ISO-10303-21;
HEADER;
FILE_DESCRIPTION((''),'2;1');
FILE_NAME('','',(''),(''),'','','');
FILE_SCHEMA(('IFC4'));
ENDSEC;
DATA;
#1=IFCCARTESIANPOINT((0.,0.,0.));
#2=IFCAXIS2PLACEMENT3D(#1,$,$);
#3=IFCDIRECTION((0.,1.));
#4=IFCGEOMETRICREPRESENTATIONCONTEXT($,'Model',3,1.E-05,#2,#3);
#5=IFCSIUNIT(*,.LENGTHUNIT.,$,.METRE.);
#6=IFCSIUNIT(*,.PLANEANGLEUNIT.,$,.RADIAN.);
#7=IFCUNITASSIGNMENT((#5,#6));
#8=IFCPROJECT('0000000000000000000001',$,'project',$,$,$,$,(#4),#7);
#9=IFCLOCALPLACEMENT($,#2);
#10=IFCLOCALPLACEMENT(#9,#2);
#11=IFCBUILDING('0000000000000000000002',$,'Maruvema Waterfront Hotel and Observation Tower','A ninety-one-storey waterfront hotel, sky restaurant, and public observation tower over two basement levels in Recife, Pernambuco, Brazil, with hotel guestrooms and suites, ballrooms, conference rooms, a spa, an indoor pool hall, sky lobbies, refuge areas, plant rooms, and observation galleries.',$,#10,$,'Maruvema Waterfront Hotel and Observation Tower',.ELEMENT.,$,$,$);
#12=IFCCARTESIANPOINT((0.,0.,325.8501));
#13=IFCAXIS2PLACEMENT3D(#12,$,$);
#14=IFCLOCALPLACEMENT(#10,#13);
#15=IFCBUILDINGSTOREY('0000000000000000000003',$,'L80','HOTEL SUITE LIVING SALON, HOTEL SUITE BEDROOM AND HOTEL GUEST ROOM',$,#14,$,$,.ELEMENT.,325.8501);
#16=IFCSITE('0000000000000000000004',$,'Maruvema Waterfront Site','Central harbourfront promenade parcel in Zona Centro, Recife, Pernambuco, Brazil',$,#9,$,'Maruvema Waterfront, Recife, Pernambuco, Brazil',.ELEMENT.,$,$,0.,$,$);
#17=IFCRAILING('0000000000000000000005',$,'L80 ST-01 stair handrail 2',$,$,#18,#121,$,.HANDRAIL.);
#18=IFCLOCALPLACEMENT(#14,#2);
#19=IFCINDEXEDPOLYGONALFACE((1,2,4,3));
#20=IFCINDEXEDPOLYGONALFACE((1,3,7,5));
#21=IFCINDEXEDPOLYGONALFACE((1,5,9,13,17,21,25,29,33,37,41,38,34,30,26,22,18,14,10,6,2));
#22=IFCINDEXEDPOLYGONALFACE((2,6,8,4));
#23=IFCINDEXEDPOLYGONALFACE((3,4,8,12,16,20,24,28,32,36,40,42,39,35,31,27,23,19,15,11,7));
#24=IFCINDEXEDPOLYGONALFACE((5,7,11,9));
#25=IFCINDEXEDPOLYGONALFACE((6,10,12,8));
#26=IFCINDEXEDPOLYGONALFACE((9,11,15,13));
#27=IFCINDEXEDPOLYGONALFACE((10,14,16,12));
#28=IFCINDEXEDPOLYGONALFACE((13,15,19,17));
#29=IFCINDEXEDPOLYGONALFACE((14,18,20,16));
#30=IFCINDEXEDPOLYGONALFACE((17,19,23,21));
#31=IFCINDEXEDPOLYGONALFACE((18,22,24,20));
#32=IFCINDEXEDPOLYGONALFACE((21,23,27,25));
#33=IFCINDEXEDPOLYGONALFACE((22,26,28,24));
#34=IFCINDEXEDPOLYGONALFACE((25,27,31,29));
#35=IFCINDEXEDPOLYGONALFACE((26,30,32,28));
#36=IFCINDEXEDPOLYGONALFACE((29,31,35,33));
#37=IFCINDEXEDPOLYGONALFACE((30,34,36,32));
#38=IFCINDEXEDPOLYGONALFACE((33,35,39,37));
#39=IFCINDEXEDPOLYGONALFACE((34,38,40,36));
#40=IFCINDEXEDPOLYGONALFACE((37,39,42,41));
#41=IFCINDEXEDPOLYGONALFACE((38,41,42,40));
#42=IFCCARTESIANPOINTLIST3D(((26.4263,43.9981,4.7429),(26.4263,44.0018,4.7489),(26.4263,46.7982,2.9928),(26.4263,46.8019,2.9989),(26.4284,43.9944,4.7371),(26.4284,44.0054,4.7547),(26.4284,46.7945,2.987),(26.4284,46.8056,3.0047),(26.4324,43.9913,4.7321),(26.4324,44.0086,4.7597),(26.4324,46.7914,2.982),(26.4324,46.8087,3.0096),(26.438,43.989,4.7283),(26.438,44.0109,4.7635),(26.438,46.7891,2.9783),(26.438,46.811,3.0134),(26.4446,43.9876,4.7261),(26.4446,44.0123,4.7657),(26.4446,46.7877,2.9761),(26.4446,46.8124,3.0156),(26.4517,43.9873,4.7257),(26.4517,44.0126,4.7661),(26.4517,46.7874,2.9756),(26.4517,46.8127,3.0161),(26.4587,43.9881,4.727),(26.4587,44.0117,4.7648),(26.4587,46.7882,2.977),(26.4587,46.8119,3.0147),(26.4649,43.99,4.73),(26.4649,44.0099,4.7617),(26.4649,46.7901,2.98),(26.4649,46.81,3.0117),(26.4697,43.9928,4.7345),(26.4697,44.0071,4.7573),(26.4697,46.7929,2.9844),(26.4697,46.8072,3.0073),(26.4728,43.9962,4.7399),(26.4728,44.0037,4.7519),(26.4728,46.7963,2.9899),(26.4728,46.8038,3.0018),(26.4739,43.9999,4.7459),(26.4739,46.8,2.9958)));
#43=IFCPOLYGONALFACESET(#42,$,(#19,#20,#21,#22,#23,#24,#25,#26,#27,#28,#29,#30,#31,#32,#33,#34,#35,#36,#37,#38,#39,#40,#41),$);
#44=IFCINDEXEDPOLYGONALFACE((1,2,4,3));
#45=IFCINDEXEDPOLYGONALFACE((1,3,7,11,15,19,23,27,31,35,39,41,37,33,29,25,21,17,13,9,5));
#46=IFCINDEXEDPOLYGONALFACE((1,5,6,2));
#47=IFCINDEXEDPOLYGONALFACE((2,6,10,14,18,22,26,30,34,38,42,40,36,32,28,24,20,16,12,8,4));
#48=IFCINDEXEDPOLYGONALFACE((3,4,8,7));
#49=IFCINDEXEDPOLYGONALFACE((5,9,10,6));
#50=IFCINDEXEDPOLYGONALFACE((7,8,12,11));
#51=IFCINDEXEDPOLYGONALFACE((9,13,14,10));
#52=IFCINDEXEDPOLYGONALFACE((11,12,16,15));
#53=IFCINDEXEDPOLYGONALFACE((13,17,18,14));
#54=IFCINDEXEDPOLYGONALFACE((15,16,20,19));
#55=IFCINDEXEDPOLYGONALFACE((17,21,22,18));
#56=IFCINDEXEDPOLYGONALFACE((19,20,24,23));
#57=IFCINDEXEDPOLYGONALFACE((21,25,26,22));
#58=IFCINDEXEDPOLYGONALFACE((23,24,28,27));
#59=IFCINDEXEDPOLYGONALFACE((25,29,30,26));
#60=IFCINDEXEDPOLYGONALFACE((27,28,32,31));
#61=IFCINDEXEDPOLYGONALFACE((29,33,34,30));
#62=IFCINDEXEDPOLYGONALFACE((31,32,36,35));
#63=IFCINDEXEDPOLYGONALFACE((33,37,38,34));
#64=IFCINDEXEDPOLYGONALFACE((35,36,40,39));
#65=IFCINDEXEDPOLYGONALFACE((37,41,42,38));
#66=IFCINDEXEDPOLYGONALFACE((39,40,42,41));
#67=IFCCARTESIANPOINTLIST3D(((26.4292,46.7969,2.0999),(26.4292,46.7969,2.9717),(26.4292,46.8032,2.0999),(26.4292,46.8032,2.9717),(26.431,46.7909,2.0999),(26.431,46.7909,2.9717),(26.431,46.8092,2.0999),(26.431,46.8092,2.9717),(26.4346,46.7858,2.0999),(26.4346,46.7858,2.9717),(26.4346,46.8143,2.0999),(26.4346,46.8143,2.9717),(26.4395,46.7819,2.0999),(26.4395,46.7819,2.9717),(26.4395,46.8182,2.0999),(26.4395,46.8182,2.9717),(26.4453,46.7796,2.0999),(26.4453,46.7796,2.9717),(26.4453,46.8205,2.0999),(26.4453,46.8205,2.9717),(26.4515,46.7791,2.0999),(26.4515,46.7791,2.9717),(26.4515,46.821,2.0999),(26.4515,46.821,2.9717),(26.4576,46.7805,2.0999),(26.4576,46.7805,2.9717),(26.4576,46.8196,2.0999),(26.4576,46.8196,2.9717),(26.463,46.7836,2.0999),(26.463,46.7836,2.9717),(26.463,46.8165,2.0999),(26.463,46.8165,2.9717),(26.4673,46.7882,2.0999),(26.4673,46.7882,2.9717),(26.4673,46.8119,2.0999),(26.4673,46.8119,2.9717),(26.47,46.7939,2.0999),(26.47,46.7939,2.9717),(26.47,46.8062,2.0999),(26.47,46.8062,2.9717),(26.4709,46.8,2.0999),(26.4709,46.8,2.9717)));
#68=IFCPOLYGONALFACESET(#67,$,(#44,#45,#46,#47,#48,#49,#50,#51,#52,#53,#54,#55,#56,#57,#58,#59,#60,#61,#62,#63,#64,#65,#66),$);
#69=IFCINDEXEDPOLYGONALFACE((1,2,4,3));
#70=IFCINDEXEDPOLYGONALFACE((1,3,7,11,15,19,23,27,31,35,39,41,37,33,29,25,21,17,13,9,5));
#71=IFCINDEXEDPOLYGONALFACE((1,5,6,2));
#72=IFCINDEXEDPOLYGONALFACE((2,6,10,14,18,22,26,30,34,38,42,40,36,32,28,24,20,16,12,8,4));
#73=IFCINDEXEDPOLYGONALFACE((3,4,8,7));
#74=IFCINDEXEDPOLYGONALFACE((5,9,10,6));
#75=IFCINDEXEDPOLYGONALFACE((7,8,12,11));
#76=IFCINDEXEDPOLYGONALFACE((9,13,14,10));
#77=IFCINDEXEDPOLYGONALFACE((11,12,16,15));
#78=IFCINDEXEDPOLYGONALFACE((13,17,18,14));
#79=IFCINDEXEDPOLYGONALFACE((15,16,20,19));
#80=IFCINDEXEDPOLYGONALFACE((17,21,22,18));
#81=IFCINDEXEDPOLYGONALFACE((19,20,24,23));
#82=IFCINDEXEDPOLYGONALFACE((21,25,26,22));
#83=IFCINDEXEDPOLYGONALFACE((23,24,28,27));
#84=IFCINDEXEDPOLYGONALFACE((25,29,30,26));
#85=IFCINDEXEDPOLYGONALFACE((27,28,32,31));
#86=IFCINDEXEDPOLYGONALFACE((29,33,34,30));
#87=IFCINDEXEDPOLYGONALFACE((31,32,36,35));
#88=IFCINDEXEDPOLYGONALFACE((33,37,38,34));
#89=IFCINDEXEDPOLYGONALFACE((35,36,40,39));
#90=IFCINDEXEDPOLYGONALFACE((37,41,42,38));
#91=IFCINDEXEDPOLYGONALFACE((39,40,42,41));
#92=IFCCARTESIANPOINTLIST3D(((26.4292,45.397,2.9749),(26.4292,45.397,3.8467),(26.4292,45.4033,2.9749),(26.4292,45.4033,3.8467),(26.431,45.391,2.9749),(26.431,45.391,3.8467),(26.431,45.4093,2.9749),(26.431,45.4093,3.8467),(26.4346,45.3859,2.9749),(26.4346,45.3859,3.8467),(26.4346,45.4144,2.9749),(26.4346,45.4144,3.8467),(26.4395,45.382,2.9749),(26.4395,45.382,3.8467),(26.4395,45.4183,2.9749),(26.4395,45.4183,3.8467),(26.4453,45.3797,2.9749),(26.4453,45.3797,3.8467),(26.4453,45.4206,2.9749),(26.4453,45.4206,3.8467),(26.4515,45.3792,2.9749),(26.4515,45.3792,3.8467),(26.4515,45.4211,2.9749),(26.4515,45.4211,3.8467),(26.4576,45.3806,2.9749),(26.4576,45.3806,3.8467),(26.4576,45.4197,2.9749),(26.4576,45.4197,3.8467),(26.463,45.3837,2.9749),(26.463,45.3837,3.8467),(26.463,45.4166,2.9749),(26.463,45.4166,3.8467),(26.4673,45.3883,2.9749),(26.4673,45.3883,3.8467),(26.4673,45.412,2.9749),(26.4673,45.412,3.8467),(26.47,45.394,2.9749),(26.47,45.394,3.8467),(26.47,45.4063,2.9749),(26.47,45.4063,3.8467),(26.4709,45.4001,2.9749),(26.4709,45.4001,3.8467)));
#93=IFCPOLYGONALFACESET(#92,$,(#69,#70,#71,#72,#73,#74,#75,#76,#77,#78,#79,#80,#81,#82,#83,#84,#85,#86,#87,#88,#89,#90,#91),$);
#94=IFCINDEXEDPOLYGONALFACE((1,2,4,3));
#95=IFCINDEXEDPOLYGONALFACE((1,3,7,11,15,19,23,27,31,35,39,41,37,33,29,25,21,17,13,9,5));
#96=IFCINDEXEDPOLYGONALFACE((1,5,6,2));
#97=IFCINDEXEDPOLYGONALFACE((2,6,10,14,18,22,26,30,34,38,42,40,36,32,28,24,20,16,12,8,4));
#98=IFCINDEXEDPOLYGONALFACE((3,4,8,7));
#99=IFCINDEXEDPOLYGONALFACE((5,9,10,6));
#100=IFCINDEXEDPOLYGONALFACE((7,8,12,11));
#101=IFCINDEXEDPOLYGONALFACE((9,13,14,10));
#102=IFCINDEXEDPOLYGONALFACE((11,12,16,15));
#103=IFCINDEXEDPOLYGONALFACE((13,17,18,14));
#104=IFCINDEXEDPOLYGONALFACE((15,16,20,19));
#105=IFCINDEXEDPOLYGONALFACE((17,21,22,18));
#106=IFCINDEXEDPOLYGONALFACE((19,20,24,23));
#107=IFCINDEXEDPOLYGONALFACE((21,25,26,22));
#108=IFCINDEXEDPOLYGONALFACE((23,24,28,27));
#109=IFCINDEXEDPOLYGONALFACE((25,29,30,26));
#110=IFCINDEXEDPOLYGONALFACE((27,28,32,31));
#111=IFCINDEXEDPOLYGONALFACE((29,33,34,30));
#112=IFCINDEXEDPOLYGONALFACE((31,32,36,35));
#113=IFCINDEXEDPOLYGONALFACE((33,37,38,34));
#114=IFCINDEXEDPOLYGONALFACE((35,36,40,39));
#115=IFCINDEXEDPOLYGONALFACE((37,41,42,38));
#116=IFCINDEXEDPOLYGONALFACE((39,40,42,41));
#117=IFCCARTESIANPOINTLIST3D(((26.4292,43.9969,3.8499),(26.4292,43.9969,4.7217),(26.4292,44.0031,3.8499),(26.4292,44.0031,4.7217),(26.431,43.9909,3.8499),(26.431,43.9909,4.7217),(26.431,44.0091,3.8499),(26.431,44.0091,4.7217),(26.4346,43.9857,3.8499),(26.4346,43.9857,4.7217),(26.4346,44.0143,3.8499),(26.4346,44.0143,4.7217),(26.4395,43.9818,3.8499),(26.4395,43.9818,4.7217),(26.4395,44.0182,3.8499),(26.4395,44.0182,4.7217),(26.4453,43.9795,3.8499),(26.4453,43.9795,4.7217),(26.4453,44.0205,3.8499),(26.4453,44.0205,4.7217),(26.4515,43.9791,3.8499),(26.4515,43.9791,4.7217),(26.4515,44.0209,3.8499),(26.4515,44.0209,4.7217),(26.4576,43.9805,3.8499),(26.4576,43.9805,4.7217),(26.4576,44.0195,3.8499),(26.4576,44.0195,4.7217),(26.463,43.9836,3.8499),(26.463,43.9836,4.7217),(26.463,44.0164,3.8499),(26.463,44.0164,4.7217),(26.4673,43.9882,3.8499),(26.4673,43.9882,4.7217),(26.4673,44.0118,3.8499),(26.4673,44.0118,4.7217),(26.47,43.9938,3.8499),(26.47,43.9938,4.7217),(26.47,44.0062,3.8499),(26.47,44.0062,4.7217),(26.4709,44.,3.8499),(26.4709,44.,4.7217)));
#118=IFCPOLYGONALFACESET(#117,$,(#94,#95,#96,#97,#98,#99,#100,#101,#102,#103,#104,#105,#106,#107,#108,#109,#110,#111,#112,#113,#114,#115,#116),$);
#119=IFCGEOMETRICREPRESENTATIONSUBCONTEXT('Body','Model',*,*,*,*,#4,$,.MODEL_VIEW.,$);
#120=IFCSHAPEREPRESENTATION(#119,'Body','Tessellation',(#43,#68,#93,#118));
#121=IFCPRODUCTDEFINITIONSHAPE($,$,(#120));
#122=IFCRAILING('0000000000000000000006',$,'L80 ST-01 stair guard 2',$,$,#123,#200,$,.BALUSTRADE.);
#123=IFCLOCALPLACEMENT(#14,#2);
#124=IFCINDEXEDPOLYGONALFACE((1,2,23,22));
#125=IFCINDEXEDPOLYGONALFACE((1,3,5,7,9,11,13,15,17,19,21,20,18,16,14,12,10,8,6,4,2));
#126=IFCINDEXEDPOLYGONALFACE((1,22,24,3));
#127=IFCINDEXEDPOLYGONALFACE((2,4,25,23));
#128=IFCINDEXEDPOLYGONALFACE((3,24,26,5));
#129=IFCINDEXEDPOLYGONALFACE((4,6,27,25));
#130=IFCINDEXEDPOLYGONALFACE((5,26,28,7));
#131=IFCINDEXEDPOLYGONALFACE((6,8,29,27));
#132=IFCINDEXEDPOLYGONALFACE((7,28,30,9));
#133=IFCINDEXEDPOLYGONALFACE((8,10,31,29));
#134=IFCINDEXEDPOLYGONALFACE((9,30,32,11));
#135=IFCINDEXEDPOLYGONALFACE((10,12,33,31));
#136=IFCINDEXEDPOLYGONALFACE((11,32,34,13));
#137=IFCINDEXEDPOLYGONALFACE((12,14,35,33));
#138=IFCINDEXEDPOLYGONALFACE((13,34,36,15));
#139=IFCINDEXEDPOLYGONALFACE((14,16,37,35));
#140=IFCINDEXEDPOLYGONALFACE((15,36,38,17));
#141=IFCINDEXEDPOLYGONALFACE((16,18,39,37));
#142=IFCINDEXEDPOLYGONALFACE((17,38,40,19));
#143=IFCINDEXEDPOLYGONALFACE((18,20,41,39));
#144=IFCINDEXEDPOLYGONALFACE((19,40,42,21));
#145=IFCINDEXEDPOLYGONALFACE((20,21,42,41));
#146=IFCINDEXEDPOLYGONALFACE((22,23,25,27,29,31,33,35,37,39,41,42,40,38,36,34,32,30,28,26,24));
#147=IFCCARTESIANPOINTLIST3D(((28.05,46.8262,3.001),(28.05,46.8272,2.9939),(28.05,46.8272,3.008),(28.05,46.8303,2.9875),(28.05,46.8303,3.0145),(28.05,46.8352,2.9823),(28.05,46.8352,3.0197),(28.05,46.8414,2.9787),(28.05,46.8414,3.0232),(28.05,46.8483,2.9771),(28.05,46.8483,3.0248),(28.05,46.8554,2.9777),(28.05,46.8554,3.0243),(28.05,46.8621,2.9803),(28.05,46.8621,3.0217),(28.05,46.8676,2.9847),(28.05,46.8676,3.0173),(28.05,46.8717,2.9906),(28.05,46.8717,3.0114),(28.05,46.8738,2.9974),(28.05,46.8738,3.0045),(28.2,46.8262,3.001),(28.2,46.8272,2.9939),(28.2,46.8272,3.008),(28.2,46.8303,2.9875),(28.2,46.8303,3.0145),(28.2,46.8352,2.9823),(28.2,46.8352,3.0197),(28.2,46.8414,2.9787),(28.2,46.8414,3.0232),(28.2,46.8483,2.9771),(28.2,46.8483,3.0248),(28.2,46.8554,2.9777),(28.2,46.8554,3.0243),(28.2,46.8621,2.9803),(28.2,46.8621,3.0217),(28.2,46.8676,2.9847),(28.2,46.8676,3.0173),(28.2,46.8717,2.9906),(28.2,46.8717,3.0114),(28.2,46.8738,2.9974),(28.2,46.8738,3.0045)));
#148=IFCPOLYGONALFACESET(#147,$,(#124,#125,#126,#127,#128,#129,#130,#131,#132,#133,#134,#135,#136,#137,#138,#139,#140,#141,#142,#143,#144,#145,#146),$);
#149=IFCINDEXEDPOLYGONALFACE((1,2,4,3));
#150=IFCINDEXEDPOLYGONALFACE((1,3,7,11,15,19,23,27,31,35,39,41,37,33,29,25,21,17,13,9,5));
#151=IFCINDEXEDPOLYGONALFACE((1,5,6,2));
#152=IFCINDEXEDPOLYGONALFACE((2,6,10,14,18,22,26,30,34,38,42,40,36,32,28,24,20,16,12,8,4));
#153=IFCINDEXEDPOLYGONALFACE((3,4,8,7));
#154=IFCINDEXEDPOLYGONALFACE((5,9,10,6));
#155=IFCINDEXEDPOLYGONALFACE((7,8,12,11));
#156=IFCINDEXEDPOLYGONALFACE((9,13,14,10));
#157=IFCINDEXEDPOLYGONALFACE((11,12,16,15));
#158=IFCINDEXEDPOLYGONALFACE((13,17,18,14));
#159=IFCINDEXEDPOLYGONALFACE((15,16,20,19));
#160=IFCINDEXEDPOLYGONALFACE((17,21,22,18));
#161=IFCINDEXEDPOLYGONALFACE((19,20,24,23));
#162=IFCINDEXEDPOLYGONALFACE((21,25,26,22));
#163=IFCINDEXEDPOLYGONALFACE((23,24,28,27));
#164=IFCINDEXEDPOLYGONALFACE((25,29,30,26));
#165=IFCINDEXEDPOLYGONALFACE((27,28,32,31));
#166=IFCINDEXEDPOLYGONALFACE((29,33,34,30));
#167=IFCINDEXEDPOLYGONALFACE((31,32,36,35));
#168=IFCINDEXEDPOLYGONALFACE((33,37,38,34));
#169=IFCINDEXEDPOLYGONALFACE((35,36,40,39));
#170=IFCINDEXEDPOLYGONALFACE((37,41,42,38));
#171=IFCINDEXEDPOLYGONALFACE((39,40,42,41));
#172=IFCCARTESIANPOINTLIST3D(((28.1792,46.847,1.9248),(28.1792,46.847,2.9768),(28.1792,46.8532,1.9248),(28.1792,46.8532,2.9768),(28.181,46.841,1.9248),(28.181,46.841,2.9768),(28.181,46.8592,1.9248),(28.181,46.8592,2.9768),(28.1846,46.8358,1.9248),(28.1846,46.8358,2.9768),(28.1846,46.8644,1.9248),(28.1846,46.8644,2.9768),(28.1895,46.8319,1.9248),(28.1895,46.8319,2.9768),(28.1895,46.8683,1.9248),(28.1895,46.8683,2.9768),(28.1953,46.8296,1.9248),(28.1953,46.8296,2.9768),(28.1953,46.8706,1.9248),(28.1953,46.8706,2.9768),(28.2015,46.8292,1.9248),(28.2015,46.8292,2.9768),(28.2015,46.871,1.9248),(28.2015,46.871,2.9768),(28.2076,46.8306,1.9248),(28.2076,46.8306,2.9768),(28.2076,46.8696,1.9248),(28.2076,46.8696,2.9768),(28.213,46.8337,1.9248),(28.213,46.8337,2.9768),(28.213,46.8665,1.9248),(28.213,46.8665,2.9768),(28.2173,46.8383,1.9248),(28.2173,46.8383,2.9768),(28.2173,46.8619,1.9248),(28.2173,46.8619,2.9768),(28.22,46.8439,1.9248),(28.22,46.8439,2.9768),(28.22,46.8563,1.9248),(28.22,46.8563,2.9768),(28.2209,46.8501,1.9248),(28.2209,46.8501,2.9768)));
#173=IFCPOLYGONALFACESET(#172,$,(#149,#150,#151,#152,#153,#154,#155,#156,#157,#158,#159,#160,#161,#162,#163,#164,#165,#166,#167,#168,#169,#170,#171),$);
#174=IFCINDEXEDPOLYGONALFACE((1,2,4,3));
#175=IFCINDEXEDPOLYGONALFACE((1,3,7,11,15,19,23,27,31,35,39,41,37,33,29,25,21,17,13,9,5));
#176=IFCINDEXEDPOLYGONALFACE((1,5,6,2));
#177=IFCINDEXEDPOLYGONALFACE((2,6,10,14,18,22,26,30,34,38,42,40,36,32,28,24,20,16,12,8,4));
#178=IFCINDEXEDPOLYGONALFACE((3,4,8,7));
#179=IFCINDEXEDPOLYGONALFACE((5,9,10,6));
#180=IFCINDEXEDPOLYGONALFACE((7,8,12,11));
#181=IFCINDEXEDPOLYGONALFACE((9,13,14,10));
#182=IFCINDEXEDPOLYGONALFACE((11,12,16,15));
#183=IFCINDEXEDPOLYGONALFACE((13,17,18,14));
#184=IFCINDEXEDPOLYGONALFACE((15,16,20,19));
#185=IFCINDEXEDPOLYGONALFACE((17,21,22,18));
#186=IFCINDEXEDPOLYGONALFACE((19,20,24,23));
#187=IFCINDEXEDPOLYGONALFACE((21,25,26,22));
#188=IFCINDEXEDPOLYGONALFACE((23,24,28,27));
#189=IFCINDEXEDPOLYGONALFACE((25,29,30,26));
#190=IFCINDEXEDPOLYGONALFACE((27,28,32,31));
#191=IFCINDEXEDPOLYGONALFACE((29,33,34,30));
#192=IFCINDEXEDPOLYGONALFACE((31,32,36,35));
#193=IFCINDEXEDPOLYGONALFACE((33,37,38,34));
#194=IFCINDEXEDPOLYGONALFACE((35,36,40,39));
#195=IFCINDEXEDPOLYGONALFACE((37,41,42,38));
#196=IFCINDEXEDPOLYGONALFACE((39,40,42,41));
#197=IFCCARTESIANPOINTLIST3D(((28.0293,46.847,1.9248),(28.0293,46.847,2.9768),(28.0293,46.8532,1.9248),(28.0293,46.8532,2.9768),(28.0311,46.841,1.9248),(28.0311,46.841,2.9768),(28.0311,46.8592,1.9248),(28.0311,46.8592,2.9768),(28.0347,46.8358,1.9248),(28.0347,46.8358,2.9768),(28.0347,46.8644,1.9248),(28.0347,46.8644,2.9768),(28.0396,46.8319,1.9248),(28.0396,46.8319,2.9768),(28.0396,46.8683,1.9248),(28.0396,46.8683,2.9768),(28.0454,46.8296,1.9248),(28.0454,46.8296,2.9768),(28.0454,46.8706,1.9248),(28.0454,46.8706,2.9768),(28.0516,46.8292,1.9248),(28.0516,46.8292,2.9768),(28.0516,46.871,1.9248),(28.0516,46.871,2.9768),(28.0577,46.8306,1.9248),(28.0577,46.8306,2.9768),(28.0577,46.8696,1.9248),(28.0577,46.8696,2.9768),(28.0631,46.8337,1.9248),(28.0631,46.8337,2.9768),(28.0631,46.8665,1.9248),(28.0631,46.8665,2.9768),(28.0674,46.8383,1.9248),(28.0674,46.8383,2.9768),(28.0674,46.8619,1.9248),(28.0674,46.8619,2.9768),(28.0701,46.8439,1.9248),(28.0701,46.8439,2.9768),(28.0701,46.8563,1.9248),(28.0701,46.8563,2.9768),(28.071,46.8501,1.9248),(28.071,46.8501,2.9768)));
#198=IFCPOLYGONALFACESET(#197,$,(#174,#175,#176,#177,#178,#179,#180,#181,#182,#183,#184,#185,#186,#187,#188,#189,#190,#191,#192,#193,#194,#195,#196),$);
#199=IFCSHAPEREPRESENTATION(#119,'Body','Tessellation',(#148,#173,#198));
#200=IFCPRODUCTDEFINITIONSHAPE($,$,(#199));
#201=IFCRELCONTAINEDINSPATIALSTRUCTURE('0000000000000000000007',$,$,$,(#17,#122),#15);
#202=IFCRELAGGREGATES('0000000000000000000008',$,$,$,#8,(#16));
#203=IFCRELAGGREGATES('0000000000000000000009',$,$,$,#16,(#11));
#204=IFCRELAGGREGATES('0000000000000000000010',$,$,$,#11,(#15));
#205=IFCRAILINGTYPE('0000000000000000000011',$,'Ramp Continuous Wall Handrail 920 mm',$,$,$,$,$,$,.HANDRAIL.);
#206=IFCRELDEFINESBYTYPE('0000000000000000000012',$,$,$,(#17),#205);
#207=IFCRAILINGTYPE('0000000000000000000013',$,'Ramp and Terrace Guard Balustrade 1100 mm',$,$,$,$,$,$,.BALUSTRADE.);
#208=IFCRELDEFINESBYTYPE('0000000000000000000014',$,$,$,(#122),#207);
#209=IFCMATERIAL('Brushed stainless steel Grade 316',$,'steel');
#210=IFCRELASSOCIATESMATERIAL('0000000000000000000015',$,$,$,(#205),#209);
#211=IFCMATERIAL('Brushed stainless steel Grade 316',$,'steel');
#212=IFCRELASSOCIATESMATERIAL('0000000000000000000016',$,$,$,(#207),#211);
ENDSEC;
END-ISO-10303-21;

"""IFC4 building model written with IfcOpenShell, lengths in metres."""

from ifc_helpers import new_model, si_unit, direction, frame, origin, origin_2d, place, context, subcontext, project, spatial, circle, extrude, material, type_object, element, save


model = new_model("IFC4")

# Units and contexts
model_context = context("Model", 3, precision=1e-05, world=origin(), true_north=direction((0.0, 1.0)))
body_context = subcontext(model_context, "Body", "Model", "MODEL_VIEW")
ifc_project = project(units=[si_unit("LENGTHUNIT", "METRE"), si_unit("PLANEANGLEUNIT", "RADIAN")], contexts=[model_context])

# Site, building, storey
site_placement = place(None, origin())
site = spatial("IfcSite", under=ifc_project, at=site_placement, Name="Maruvema Waterfront Site", Description="Central harbourfront promenade parcel in Zona Centro, Recife, Pernambuco, Brazil", LongName="Maruvema Waterfront, Recife, Pernambuco, Brazil", CompositionType="ELEMENT", RefElevation=0.0)
building_placement = place(site_placement, origin())
building = spatial("IfcBuilding", under=site, at=building_placement, Name="Maruvema Waterfront Hotel and Observation Tower", Description="A ninety-one-storey waterfront hotel, sky restaurant, and public observation tower over two basement levels in Recife, Pernambuco, Brazil, with hotel guestrooms and suites, ballrooms, conference rooms, a spa, an indoor pool hall, sky lobbies, refuge areas, plant rooms, and observation galleries.", LongName="Maruvema Waterfront Hotel and Observation Tower", CompositionType="ELEMENT")
storey_placement = place(building_placement, frame((0.0, 0.0, 325.8501)))
storey = spatial("IfcBuildingStorey", under=building, at=storey_placement, Name="L80", Description="HOTEL SUITE LIVING SALON, HOTEL SUITE BEDROOM AND HOTEL GUEST ROOM", CompositionType="ELEMENT", Elevation=325.8501)

# Railings
ifc_material_1 = material(Name="Brushed stainless steel Grade 316", Category="steel")
railing_type_1 = type_object("IfcRailingType", Name="Ramp Continuous Wall Handrail 920 mm", PredefinedType="HANDRAIL", material=ifc_material_1)
railing_1_placement = place(storey_placement, frame((26.45, 46.8, 2.0999)))
element("IfcRailing", 1, at=railing_1_placement, inside=storey, type_object=railing_type_1, Name="L80 ST-01 stair handrail 2", PredefinedType="HANDRAIL", context=body_context, shape_type="SweptSolid", body=[
    extrude(circle(Radius=0.0239, at=origin_2d()), frame((0.0, 0.0, 0.896), z_axis=(0.0, -0.848002, 0.529992), x_axis=(1.0, 0.0, 0.0)), (0.0, 0.0, 1.0), 3.302),
    extrude(circle(Radius=0.021, at=origin_2d()), origin(), (0.0, 0.0, 1.0), 0.8718),
    extrude(circle(Radius=0.021, at=origin_2d()), frame((0.0, -1.3999, 0.875)), (0.0, 0.0, 1.0), 0.8718),
    extrude(circle(Radius=0.021, at=origin_2d()), frame((0.0, -2.8, 1.75)), (0.0, 0.0, 1.0), 0.8718),
])
ifc_material_2 = material(Name="Brushed stainless steel Grade 316", Category="steel")
railing_type_2 = type_object("IfcRailingType", Name="Ramp and Terrace Guard Balustrade 1100 mm", PredefinedType="BALUSTRADE", material=ifc_material_2)
railing_2_placement = place(storey_placement, frame((28.2, 46.8501, 1.9248)))
element("IfcRailing", 2, at=railing_2_placement, inside=storey, type_object=railing_type_2, Name="L80 ST-01 stair guard 2", PredefinedType="BALUSTRADE", context=body_context, shape_type="SweptSolid", body=[
    extrude(circle(Radius=0.0239, at=origin_2d()), frame((0.0, 0.0, 1.0762), z_axis=(-1.0, 0.0, 0.0), x_axis=(0.0, -1.0, 0.0)), (0.0, 0.0, 1.0), 0.1499),
    extrude(circle(Radius=0.021, at=origin_2d()), origin(), (0.0, 0.0, 1.0), 1.052),
    extrude(circle(Radius=0.021, at=origin_2d()), frame((-0.1499, 0.0, 0.0)), (0.0, 0.0, 1.0), 1.052),
])

save(model, "model.ifc")
